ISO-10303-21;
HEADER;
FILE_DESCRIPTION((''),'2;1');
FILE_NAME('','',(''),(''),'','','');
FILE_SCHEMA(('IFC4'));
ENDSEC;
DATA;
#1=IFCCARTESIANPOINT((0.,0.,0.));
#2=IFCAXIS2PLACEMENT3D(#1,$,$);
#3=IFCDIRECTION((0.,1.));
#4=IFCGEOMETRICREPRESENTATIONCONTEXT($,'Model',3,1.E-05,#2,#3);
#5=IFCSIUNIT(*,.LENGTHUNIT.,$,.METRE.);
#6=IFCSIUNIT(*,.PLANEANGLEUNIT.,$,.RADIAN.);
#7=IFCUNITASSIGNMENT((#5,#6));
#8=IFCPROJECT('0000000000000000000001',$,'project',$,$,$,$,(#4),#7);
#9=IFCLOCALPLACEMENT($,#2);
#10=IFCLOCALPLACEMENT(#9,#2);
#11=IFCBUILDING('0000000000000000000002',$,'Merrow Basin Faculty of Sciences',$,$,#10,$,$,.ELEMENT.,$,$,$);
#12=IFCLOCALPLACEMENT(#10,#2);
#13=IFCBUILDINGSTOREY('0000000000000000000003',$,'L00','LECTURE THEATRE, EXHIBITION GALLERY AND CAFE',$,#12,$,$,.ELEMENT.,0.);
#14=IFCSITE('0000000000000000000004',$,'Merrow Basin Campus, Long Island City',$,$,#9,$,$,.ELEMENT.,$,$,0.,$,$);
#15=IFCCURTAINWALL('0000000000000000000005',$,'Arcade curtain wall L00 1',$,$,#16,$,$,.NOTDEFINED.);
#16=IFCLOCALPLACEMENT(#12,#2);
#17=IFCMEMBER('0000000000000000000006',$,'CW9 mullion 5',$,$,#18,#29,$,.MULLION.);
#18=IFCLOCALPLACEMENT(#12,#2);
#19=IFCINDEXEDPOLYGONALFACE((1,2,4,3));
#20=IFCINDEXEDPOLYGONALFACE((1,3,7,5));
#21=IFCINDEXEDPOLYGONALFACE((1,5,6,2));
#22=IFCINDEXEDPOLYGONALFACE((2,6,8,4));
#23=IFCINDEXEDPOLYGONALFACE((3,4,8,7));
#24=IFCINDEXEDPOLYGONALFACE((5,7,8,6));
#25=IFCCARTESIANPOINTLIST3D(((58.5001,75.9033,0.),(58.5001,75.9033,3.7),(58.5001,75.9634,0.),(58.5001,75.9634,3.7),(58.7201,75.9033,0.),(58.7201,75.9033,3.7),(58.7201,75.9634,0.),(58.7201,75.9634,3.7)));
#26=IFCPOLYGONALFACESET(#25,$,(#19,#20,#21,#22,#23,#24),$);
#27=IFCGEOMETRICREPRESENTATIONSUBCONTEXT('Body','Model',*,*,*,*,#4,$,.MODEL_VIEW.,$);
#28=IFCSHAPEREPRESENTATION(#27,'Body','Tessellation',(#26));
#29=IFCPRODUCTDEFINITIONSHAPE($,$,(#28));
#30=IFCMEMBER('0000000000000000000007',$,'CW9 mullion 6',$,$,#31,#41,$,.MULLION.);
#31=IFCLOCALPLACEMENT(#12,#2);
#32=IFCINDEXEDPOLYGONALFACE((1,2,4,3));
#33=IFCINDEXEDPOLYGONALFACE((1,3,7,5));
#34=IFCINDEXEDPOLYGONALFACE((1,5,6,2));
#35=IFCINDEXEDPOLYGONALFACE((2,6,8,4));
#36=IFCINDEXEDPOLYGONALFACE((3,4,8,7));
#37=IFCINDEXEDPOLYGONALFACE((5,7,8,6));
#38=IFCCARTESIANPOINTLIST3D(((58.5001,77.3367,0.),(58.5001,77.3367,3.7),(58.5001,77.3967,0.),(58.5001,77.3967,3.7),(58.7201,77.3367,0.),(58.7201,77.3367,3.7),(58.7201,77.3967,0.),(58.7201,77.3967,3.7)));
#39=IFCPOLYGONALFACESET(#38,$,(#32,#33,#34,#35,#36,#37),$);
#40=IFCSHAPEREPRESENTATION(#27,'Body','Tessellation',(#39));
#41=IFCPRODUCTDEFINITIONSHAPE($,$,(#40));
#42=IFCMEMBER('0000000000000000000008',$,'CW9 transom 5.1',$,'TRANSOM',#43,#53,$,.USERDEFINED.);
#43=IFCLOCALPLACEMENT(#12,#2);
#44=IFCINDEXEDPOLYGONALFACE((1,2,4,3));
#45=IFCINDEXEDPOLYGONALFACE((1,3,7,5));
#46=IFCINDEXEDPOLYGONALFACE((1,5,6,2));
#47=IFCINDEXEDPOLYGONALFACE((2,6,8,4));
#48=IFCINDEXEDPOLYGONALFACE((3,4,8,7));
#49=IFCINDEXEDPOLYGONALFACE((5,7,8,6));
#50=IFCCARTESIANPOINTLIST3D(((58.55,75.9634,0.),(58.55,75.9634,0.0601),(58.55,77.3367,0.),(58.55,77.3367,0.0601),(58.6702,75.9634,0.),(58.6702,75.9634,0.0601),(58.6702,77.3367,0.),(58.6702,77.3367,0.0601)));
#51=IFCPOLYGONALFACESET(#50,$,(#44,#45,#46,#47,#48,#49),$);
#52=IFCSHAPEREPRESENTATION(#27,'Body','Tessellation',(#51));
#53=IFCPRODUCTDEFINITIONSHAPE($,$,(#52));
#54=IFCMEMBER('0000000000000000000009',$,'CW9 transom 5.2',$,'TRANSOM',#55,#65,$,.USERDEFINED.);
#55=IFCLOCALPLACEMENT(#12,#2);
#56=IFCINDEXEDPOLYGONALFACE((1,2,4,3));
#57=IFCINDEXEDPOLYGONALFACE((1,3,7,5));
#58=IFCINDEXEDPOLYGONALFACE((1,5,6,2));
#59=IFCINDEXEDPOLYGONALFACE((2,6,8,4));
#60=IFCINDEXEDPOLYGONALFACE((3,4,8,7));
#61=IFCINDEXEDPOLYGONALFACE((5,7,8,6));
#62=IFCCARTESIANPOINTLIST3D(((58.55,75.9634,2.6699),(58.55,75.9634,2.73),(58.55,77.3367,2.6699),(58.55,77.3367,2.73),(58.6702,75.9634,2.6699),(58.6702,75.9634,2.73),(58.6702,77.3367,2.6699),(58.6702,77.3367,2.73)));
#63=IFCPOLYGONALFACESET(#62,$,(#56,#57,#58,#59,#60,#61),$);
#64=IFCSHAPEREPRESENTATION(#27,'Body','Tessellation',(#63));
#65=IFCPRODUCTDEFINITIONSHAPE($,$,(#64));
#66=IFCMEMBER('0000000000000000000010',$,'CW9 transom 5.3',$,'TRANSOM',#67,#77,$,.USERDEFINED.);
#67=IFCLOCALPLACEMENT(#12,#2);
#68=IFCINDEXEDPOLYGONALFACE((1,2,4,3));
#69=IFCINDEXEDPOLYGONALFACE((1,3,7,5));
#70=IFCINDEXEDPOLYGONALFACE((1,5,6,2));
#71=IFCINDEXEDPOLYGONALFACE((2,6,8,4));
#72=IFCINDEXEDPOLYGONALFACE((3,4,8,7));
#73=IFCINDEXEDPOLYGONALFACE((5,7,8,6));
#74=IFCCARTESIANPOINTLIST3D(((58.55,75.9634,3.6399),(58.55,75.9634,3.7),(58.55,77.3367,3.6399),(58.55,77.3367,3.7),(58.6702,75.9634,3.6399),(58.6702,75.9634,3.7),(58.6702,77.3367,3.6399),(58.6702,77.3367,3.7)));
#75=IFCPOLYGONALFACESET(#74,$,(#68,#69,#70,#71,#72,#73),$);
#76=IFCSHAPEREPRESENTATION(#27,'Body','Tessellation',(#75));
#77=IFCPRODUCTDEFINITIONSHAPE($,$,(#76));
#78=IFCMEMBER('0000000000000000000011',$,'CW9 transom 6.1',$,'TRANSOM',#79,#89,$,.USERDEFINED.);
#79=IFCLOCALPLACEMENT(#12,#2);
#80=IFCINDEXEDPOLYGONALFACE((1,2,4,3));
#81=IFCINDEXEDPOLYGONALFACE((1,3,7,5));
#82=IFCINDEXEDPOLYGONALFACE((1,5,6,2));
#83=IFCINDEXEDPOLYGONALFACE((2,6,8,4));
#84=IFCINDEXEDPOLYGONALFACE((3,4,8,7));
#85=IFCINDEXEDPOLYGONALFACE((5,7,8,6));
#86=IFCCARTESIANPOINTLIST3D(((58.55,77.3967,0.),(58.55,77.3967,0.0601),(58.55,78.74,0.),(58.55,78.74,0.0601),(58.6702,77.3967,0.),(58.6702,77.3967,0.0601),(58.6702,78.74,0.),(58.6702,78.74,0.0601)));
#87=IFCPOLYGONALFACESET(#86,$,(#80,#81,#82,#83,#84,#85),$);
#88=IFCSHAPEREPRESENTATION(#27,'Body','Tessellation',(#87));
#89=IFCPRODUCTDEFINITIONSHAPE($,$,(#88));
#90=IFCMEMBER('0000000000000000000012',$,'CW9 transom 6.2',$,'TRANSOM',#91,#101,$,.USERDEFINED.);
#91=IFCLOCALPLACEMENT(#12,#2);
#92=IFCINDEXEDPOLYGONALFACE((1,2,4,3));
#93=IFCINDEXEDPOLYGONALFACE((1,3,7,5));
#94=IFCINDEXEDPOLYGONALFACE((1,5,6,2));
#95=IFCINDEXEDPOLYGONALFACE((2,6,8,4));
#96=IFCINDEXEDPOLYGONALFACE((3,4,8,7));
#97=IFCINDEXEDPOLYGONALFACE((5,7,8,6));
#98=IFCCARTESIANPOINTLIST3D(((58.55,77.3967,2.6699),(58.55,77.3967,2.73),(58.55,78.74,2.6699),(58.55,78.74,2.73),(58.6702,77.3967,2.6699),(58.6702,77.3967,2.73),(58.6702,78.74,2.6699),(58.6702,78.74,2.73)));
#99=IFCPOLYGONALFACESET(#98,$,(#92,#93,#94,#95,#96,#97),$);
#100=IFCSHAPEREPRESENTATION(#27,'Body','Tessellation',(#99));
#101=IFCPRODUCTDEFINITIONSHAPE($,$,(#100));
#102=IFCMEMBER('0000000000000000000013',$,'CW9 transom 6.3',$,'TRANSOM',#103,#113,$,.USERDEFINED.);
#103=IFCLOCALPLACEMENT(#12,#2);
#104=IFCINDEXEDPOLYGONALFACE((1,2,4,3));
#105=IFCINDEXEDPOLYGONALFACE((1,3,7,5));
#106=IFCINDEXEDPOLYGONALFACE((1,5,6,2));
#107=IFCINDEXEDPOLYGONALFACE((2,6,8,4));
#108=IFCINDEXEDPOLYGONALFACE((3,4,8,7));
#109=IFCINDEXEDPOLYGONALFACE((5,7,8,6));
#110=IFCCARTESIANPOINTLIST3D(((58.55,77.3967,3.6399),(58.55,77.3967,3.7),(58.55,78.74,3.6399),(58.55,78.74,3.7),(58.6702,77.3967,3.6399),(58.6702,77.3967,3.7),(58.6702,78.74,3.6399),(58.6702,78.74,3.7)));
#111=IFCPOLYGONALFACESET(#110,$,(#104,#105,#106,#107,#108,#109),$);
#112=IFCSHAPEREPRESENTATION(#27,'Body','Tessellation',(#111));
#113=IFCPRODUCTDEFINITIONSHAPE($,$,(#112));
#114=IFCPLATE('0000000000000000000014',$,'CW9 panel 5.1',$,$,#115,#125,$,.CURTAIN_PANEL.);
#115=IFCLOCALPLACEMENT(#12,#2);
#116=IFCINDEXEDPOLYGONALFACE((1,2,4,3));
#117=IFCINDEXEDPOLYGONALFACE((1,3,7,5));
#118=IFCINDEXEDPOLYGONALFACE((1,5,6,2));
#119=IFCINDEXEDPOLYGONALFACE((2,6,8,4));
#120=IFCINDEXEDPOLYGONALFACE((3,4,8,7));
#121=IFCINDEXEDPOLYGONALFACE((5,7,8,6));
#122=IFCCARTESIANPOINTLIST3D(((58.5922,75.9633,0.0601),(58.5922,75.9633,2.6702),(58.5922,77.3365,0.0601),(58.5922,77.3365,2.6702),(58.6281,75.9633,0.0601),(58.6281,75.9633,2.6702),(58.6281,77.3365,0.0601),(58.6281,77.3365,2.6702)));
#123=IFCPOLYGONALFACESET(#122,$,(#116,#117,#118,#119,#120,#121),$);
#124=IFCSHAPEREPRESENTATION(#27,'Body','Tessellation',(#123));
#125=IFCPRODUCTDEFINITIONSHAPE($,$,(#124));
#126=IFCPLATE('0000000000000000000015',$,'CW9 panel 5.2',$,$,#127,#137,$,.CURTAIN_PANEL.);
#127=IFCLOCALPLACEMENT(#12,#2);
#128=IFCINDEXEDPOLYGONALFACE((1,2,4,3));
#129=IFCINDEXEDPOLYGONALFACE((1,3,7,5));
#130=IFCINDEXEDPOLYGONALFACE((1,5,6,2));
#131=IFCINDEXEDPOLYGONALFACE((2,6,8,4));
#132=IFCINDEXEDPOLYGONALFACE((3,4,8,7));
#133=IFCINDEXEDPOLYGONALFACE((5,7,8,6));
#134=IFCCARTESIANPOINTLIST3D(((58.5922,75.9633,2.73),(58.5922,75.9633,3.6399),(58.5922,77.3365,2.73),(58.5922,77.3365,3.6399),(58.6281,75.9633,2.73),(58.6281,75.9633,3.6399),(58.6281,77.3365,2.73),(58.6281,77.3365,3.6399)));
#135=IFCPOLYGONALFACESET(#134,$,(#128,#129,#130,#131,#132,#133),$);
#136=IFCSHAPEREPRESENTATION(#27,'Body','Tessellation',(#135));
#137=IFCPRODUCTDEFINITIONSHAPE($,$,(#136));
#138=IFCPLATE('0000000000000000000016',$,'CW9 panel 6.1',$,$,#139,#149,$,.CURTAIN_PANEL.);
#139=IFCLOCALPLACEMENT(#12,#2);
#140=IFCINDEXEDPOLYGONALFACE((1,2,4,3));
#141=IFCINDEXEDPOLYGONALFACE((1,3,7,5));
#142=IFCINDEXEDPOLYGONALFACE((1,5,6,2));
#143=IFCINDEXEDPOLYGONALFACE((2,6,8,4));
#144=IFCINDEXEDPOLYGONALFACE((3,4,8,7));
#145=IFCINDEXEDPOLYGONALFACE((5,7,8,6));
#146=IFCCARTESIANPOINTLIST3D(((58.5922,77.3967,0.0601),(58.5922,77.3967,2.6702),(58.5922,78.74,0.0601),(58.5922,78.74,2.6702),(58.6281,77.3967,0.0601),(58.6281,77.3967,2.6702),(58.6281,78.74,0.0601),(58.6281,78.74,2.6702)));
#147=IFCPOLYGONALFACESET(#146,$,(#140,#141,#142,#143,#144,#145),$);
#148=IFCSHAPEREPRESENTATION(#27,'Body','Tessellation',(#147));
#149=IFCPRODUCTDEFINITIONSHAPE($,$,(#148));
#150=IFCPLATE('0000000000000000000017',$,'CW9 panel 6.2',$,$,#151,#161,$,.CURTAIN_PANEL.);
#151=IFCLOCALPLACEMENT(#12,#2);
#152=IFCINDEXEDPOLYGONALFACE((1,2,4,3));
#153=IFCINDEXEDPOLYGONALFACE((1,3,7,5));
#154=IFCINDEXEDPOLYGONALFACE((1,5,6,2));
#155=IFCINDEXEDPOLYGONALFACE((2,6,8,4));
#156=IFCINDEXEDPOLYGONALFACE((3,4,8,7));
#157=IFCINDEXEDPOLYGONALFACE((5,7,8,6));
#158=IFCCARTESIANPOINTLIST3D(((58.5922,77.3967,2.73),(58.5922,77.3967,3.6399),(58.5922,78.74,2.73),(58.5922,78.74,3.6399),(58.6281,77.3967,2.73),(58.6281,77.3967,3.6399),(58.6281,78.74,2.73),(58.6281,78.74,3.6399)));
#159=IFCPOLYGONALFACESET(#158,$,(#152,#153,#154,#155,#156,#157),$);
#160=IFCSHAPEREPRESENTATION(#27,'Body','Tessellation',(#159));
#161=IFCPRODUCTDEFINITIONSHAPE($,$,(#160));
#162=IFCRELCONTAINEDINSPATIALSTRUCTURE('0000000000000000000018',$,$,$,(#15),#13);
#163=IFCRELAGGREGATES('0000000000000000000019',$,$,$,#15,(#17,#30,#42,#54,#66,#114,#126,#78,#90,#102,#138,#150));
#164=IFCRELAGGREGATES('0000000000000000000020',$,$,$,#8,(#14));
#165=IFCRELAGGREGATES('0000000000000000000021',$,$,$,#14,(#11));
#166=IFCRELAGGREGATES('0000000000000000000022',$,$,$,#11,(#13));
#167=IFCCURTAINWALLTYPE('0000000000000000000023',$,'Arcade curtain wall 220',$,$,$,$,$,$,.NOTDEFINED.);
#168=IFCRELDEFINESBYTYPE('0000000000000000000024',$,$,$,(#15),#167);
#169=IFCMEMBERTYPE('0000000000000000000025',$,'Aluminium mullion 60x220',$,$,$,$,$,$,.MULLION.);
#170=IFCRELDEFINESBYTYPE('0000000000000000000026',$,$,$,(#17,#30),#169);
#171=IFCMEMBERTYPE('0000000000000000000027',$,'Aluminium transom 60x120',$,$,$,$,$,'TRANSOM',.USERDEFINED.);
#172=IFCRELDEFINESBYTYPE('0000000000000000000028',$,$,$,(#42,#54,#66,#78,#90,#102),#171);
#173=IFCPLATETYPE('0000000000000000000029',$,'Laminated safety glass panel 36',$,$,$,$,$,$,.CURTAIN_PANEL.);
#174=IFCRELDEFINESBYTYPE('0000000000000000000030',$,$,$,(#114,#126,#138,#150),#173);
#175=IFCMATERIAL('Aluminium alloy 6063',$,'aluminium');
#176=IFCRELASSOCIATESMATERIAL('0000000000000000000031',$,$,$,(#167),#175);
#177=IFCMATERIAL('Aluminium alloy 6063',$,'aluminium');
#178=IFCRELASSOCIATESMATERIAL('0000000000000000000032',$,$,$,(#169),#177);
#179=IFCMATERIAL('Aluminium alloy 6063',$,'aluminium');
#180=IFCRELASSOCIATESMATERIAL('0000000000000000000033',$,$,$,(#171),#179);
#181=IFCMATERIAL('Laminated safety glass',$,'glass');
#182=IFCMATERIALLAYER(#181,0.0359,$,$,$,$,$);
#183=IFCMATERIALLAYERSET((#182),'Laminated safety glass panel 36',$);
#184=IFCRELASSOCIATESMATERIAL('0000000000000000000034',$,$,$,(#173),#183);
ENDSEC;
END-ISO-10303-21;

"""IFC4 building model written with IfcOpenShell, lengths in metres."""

from ifc_helpers import new_model, si_unit, direction, frame, origin, origin_2d, place, context, subcontext, project, spatial, rectangle, extrude, material, layer, layer_set, material_profile, profile_set, type_object, element, aggregate, save


model = new_model("IFC4")

# Units and contexts
model_context = context("Model", 3, precision=1e-05, world=origin(), true_north=direction((0.0, 1.0)))
body_context = subcontext(model_context, "Body", "Model", "MODEL_VIEW")
ifc_project = project(units=[si_unit("LENGTHUNIT", "METRE"), si_unit("PLANEANGLEUNIT", "RADIAN")], contexts=[model_context])

# Site, building, storey
site_placement = place(None, origin())
site = spatial("IfcSite", under=ifc_project, at=site_placement, Name="Merrow Basin Campus, Long Island City", CompositionType="ELEMENT", RefElevation=0.0)
building_placement = place(site_placement, origin())
building = spatial("IfcBuilding", under=site, at=building_placement, Name="Merrow Basin Faculty of Sciences", CompositionType="ELEMENT")
storey_placement = place(building_placement, origin())
storey = spatial("IfcBuildingStorey", under=building, at=storey_placement, Name="L00", Description="LECTURE THEATRE, EXHIBITION GALLERY AND CAFE", CompositionType="ELEMENT", Elevation=0.0)

# Curtain wall, members, plates
ifc_material_1 = material(Name="Aluminium alloy 6063", Category="aluminium")
curtain_wall_type = type_object("IfcCurtainWallType", Name="Arcade curtain wall 220", PredefinedType="NOTDEFINED", material=ifc_material_1)
curtain_wall_placement = place(storey_placement, origin())
curtain_wall = element("IfcCurtainWall", 1, at=curtain_wall_placement, inside=storey, type_object=curtain_wall_type, Name="Arcade curtain wall L00 1", PredefinedType="NOTDEFINED")
ifc_material_2 = material(Name="Aluminium alloy 6063", Category="aluminium")
ifc_material_profile_1 = material_profile(ifc_material_2, rectangle(XDim=0.22, YDim=0.0601, at=origin_2d()))
ifc_profile_set_1 = profile_set([ifc_material_profile_1], Name="Aluminium alloy 6063")
member_type_1 = type_object("IfcMemberType", Name="Aluminium mullion 60x220", PredefinedType="MULLION", material=ifc_profile_set_1)
member_1_placement = place(storey_placement, frame((58.6101, 75.9333, 0.0), z_axis=(0.0, 0.0, 1.0), x_axis=(-1.0, 0.0, 0.0)))
member_1 = element("IfcMember", 2, at=member_1_placement, type_object=member_type_1, Name="CW9 mullion 5", PredefinedType="MULLION", context=body_context, shape_type="SweptSolid", body=[
    extrude(rectangle(XDim=0.22, YDim=0.0601, at=origin_2d()), origin(), (0.0, 0.0, 1.0), 3.7),
])
member_2_placement = place(storey_placement, frame((58.6101, 77.3667, 0.0), z_axis=(0.0, 0.0, 1.0), x_axis=(-1.0, 0.0, 0.0)))
member_2 = element("IfcMember", 3, at=member_2_placement, type_object=member_type_1, Name="CW9 mullion 6", PredefinedType="MULLION", context=body_context, shape_type="SweptSolid", body=[
    extrude(rectangle(XDim=0.22, YDim=0.0601, at=origin_2d()), origin(), (0.0, 0.0, 1.0), 3.7),
])
ifc_material_3 = material(Name="Aluminium alloy 6063", Category="aluminium")
ifc_material_profile_2 = material_profile(ifc_material_3, rectangle(XDim=0.1201, YDim=0.0601, at=origin_2d()))
ifc_profile_set_2 = profile_set([ifc_material_profile_2], Name="Aluminium alloy 6063")
member_type_2 = type_object("IfcMemberType", Name="Aluminium transom 60x120", ElementType="TRANSOM", PredefinedType="USERDEFINED", material=ifc_profile_set_2)
member_3_placement = place(storey_placement, frame((58.6101, 75.9634, 0.03), z_axis=(0.0, 1.0, 0.0), x_axis=(-1.0, 0.0, 0.0)))
member_3 = element("IfcMember", 4, at=member_3_placement, type_object=member_type_2, Name="CW9 transom 5.1", ObjectType="TRANSOM", PredefinedType="USERDEFINED", context=body_context, shape_type="SweptSolid", body=[
    extrude(rectangle(XDim=0.1201, YDim=0.0601, at=origin_2d()), origin(), (0.0, 0.0, 1.0), 1.3733),
])
member_4_placement = place(storey_placement, frame((58.6101, 75.9634, 2.7), z_axis=(0.0, 1.0, 0.0), x_axis=(-1.0, 0.0, 0.0)))
member_4 = element("IfcMember", 5, at=member_4_placement, type_object=member_type_2, Name="CW9 transom 5.2", ObjectType="TRANSOM", PredefinedType="USERDEFINED", context=body_context, shape_type="SweptSolid", body=[
    extrude(rectangle(XDim=0.1201, YDim=0.0601, at=origin_2d()), origin(), (0.0, 0.0, 1.0), 1.3733),
])
member_5_placement = place(storey_placement, frame((58.6101, 75.9634, 3.6699), z_axis=(0.0, 1.0, 0.0), x_axis=(-1.0, 0.0, 0.0)))
member_5 = element("IfcMember", 6, at=member_5_placement, type_object=member_type_2, Name="CW9 transom 5.3", ObjectType="TRANSOM", PredefinedType="USERDEFINED", context=body_context, shape_type="SweptSolid", body=[
    extrude(rectangle(XDim=0.1201, YDim=0.0601, at=origin_2d()), origin(), (0.0, 0.0, 1.0), 1.3733),
])
member_6_placement = place(storey_placement, frame((58.6101, 77.3967, 0.03), z_axis=(0.0, 1.0, 0.0), x_axis=(-1.0, 0.0, 0.0)))
member_6 = element("IfcMember", 7, at=member_6_placement, type_object=member_type_2, Name="CW9 transom 6.1", ObjectType="TRANSOM", PredefinedType="USERDEFINED", context=body_context, shape_type="SweptSolid", body=[
    extrude(rectangle(XDim=0.1201, YDim=0.0601, at=origin_2d()), origin(), (0.0, 0.0, 1.0), 1.3433),
])
member_7_placement = place(storey_placement, frame((58.6101, 77.3967, 2.7), z_axis=(0.0, 1.0, 0.0), x_axis=(-1.0, 0.0, 0.0)))
member_7 = element("IfcMember", 8, at=member_7_placement, type_object=member_type_2, Name="CW9 transom 6.2", ObjectType="TRANSOM", PredefinedType="USERDEFINED", context=body_context, shape_type="SweptSolid", body=[
    extrude(rectangle(XDim=0.1201, YDim=0.0601, at=origin_2d()), origin(), (0.0, 0.0, 1.0), 1.3433),
])
member_8_placement = place(storey_placement, frame((58.6101, 77.3967, 3.6699), z_axis=(0.0, 1.0, 0.0), x_axis=(-1.0, 0.0, 0.0)))
member_8 = element("IfcMember", 9, at=member_8_placement, type_object=member_type_2, Name="CW9 transom 6.3", ObjectType="TRANSOM", PredefinedType="USERDEFINED", context=body_context, shape_type="SweptSolid", body=[
    extrude(rectangle(XDim=0.1201, YDim=0.0601, at=origin_2d()), origin(), (0.0, 0.0, 1.0), 1.3433),
])
ifc_material_4 = material(Name="Laminated safety glass", Category="glass")
ifc_layer_1 = layer(ifc_material_4, 0.0359)
ifc_layer_set_1 = layer_set([ifc_layer_1], Name="Laminated safety glass panel 36")
plate_type = type_object("IfcPlateType", Name="Laminated safety glass panel 36", PredefinedType="CURTAIN_PANEL", material=ifc_layer_set_1)
plate_1_placement = place(storey_placement, frame((58.6101, 76.6499, 0.0601), z_axis=(0.0, 0.0, 1.0), x_axis=(0.0, 1.0, 0.0)))
plate_1 = element("IfcPlate", 10, at=plate_1_placement, type_object=plate_type, Name="CW9 panel 5.1", PredefinedType="CURTAIN_PANEL", context=body_context, shape_type="SweptSolid", body=[
    extrude(rectangle(XDim=1.3733, YDim=0.0359, at=origin_2d()), origin(), (0.0, 0.0, 1.0), 2.6101),
])
plate_2_placement = place(storey_placement, frame((58.6101, 76.6499, 2.73), z_axis=(0.0, 0.0, 1.0), x_axis=(0.0, 1.0, 0.0)))
plate_2 = element("IfcPlate", 11, at=plate_2_placement, type_object=plate_type, Name="CW9 panel 5.2", PredefinedType="CURTAIN_PANEL", context=body_context, shape_type="SweptSolid", body=[
    extrude(rectangle(XDim=1.3733, YDim=0.0359, at=origin_2d()), origin(), (0.0, 0.0, 1.0), 0.9099),
])
plate_3_placement = place(storey_placement, frame((58.6101, 78.0684, 0.0601), z_axis=(0.0, 0.0, 1.0), x_axis=(0.0, 1.0, 0.0)))
plate_3 = element("IfcPlate", 12, at=plate_3_placement, type_object=plate_type, Name="CW9 panel 6.1", PredefinedType="CURTAIN_PANEL", context=body_context, shape_type="SweptSolid", body=[
    extrude(rectangle(XDim=1.3433, YDim=0.0359, at=origin_2d()), origin(), (0.0, 0.0, 1.0), 2.6101),
])
plate_4_placement = place(storey_placement, frame((58.6101, 78.0684, 2.73), z_axis=(0.0, 0.0, 1.0), x_axis=(0.0, 1.0, 0.0)))
plate_4 = element("IfcPlate", 13, at=plate_4_placement, type_object=plate_type, Name="CW9 panel 6.2", PredefinedType="CURTAIN_PANEL", context=body_context, shape_type="SweptSolid", body=[
    extrude(rectangle(XDim=1.3433, YDim=0.0359, at=origin_2d()), origin(), (0.0, 0.0, 1.0), 0.9099),
])
aggregate(curtain_wall, [member_1, member_2, member_3, member_4, member_5, plate_1, plate_2, member_6, member_7, member_8, plate_3, plate_4])

save(model, "model.ifc")
